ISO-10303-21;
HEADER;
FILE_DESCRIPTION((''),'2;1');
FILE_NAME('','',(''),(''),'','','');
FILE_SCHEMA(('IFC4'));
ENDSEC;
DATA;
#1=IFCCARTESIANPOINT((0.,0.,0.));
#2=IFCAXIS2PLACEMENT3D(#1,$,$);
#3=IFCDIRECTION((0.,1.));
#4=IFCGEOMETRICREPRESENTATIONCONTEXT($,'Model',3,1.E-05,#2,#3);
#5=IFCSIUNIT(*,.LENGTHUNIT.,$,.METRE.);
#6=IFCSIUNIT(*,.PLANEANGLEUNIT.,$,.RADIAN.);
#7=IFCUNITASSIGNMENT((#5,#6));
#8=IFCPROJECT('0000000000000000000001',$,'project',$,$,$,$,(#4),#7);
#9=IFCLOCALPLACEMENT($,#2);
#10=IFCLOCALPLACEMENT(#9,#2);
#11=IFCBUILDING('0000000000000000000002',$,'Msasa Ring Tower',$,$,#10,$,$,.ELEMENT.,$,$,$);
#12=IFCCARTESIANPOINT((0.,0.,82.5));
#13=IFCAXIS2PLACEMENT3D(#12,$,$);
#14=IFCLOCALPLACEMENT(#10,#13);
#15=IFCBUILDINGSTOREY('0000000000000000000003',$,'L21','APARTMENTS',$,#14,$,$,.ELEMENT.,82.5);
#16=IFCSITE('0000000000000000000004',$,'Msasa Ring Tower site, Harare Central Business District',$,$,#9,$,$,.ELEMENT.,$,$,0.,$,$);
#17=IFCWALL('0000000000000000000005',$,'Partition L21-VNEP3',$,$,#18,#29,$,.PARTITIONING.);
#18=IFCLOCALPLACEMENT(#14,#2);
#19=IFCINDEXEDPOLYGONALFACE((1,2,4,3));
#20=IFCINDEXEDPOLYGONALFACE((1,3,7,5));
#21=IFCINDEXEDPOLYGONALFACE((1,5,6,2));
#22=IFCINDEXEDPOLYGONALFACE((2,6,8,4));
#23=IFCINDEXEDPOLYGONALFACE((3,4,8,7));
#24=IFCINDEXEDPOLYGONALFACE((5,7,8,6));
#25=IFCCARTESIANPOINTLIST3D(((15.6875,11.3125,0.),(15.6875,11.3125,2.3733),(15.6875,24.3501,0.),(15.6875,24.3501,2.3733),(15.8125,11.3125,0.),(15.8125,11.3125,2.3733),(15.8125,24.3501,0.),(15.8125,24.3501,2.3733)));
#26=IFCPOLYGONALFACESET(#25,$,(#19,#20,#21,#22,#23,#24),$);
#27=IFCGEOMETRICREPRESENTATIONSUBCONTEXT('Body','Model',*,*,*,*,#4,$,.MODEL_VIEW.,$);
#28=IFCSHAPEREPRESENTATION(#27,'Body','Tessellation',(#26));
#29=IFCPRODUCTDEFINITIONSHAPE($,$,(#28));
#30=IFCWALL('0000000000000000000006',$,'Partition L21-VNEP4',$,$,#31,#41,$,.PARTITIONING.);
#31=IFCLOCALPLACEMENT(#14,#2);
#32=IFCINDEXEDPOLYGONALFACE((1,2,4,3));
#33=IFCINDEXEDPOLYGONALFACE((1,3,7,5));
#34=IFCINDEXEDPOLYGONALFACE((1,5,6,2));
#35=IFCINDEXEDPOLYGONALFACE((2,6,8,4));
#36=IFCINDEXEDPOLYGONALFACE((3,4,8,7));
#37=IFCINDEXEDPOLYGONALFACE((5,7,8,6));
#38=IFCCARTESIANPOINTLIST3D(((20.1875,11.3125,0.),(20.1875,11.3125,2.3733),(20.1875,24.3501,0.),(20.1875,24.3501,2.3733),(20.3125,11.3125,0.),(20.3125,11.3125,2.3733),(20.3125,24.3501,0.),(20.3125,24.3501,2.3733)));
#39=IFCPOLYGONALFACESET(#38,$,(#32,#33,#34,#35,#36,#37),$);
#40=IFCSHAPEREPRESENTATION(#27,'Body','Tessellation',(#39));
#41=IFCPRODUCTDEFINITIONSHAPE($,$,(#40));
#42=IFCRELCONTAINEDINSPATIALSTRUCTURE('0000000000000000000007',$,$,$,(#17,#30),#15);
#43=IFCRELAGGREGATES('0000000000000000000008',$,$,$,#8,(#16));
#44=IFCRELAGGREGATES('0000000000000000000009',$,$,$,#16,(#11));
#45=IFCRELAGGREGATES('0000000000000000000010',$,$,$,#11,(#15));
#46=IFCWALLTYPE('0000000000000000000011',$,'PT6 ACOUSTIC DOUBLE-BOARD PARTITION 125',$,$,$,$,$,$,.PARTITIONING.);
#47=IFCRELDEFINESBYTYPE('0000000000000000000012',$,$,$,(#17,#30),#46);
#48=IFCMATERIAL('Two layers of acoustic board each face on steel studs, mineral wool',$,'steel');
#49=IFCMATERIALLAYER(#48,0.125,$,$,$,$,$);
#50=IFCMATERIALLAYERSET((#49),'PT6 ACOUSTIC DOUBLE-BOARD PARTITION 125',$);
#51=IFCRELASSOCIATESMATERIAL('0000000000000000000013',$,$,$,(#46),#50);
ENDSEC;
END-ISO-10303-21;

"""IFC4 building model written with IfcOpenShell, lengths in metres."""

from ifc_helpers import new_model, si_unit, direction, frame, frame_2d, origin, place, context, subcontext, project, spatial, rectangle, extrude, material, layer, layer_set, type_object, element, save


model = new_model("IFC4")

# Units and contexts
model_context = context("Model", 3, precision=1e-05, world=origin(), true_north=direction((0.0, 1.0)))
body_context = subcontext(model_context, "Body", "Model", "MODEL_VIEW")
ifc_project = project(units=[si_unit("LENGTHUNIT", "METRE"), si_unit("PLANEANGLEUNIT", "RADIAN")], contexts=[model_context])

# Site, building, storey
site_placement = place(None, origin())
site = spatial("IfcSite", under=ifc_project, at=site_placement, Name="Msasa Ring Tower site, Harare Central Business District", CompositionType="ELEMENT", RefElevation=0.0)
building_placement = place(site_placement, origin())
building = spatial("IfcBuilding", under=site, at=building_placement, Name="Msasa Ring Tower", CompositionType="ELEMENT")
storey_placement = place(building_placement, frame((0.0, 0.0, 82.5)))
storey = spatial("IfcBuildingStorey", under=building, at=storey_placement, Name="L21", Description="APARTMENTS", CompositionType="ELEMENT", Elevation=82.5)

# Walls
ifc_material_1 = material(Name="Two layers of acoustic board each face on steel studs, mineral wool", Category="steel")
ifc_layer_1 = layer(ifc_material_1, 0.125)
ifc_layer_set_1 = layer_set([ifc_layer_1], Name="PT6 ACOUSTIC DOUBLE-BOARD PARTITION 125")
wall_type_1 = type_object("IfcWallType", Name="PT6 ACOUSTIC DOUBLE-BOARD PARTITION 125", PredefinedType="PARTITIONING", material=ifc_layer_set_1)
for number, where, z_axis, x_axis, name in (
    (1, (15.75, 11.3125, 0.0), (0.0, 0.0, 1.0), (0.0, 1.0, 0.0), "Partition L21-VNEP3"),
    (2, (20.25, 11.3125, 0.0), (0.0, 0.0, 1.0), (0.0, 1.0, 0.0), "Partition L21-VNEP4"),
):
    element("IfcWall", number, at=place(storey_placement, frame(where, z_axis=z_axis, x_axis=x_axis)), inside=storey, type_object=wall_type_1, Name=name, PredefinedType="PARTITIONING", context=body_context, shape_type="SweptSolid", body=[
        extrude(rectangle(XDim=13.0376, YDim=0.125, at=frame_2d((6.5188, 0.0))), origin(), (0.0, 0.0, 1.0), 2.3733),
    ])

save(model, "model.ifc")
